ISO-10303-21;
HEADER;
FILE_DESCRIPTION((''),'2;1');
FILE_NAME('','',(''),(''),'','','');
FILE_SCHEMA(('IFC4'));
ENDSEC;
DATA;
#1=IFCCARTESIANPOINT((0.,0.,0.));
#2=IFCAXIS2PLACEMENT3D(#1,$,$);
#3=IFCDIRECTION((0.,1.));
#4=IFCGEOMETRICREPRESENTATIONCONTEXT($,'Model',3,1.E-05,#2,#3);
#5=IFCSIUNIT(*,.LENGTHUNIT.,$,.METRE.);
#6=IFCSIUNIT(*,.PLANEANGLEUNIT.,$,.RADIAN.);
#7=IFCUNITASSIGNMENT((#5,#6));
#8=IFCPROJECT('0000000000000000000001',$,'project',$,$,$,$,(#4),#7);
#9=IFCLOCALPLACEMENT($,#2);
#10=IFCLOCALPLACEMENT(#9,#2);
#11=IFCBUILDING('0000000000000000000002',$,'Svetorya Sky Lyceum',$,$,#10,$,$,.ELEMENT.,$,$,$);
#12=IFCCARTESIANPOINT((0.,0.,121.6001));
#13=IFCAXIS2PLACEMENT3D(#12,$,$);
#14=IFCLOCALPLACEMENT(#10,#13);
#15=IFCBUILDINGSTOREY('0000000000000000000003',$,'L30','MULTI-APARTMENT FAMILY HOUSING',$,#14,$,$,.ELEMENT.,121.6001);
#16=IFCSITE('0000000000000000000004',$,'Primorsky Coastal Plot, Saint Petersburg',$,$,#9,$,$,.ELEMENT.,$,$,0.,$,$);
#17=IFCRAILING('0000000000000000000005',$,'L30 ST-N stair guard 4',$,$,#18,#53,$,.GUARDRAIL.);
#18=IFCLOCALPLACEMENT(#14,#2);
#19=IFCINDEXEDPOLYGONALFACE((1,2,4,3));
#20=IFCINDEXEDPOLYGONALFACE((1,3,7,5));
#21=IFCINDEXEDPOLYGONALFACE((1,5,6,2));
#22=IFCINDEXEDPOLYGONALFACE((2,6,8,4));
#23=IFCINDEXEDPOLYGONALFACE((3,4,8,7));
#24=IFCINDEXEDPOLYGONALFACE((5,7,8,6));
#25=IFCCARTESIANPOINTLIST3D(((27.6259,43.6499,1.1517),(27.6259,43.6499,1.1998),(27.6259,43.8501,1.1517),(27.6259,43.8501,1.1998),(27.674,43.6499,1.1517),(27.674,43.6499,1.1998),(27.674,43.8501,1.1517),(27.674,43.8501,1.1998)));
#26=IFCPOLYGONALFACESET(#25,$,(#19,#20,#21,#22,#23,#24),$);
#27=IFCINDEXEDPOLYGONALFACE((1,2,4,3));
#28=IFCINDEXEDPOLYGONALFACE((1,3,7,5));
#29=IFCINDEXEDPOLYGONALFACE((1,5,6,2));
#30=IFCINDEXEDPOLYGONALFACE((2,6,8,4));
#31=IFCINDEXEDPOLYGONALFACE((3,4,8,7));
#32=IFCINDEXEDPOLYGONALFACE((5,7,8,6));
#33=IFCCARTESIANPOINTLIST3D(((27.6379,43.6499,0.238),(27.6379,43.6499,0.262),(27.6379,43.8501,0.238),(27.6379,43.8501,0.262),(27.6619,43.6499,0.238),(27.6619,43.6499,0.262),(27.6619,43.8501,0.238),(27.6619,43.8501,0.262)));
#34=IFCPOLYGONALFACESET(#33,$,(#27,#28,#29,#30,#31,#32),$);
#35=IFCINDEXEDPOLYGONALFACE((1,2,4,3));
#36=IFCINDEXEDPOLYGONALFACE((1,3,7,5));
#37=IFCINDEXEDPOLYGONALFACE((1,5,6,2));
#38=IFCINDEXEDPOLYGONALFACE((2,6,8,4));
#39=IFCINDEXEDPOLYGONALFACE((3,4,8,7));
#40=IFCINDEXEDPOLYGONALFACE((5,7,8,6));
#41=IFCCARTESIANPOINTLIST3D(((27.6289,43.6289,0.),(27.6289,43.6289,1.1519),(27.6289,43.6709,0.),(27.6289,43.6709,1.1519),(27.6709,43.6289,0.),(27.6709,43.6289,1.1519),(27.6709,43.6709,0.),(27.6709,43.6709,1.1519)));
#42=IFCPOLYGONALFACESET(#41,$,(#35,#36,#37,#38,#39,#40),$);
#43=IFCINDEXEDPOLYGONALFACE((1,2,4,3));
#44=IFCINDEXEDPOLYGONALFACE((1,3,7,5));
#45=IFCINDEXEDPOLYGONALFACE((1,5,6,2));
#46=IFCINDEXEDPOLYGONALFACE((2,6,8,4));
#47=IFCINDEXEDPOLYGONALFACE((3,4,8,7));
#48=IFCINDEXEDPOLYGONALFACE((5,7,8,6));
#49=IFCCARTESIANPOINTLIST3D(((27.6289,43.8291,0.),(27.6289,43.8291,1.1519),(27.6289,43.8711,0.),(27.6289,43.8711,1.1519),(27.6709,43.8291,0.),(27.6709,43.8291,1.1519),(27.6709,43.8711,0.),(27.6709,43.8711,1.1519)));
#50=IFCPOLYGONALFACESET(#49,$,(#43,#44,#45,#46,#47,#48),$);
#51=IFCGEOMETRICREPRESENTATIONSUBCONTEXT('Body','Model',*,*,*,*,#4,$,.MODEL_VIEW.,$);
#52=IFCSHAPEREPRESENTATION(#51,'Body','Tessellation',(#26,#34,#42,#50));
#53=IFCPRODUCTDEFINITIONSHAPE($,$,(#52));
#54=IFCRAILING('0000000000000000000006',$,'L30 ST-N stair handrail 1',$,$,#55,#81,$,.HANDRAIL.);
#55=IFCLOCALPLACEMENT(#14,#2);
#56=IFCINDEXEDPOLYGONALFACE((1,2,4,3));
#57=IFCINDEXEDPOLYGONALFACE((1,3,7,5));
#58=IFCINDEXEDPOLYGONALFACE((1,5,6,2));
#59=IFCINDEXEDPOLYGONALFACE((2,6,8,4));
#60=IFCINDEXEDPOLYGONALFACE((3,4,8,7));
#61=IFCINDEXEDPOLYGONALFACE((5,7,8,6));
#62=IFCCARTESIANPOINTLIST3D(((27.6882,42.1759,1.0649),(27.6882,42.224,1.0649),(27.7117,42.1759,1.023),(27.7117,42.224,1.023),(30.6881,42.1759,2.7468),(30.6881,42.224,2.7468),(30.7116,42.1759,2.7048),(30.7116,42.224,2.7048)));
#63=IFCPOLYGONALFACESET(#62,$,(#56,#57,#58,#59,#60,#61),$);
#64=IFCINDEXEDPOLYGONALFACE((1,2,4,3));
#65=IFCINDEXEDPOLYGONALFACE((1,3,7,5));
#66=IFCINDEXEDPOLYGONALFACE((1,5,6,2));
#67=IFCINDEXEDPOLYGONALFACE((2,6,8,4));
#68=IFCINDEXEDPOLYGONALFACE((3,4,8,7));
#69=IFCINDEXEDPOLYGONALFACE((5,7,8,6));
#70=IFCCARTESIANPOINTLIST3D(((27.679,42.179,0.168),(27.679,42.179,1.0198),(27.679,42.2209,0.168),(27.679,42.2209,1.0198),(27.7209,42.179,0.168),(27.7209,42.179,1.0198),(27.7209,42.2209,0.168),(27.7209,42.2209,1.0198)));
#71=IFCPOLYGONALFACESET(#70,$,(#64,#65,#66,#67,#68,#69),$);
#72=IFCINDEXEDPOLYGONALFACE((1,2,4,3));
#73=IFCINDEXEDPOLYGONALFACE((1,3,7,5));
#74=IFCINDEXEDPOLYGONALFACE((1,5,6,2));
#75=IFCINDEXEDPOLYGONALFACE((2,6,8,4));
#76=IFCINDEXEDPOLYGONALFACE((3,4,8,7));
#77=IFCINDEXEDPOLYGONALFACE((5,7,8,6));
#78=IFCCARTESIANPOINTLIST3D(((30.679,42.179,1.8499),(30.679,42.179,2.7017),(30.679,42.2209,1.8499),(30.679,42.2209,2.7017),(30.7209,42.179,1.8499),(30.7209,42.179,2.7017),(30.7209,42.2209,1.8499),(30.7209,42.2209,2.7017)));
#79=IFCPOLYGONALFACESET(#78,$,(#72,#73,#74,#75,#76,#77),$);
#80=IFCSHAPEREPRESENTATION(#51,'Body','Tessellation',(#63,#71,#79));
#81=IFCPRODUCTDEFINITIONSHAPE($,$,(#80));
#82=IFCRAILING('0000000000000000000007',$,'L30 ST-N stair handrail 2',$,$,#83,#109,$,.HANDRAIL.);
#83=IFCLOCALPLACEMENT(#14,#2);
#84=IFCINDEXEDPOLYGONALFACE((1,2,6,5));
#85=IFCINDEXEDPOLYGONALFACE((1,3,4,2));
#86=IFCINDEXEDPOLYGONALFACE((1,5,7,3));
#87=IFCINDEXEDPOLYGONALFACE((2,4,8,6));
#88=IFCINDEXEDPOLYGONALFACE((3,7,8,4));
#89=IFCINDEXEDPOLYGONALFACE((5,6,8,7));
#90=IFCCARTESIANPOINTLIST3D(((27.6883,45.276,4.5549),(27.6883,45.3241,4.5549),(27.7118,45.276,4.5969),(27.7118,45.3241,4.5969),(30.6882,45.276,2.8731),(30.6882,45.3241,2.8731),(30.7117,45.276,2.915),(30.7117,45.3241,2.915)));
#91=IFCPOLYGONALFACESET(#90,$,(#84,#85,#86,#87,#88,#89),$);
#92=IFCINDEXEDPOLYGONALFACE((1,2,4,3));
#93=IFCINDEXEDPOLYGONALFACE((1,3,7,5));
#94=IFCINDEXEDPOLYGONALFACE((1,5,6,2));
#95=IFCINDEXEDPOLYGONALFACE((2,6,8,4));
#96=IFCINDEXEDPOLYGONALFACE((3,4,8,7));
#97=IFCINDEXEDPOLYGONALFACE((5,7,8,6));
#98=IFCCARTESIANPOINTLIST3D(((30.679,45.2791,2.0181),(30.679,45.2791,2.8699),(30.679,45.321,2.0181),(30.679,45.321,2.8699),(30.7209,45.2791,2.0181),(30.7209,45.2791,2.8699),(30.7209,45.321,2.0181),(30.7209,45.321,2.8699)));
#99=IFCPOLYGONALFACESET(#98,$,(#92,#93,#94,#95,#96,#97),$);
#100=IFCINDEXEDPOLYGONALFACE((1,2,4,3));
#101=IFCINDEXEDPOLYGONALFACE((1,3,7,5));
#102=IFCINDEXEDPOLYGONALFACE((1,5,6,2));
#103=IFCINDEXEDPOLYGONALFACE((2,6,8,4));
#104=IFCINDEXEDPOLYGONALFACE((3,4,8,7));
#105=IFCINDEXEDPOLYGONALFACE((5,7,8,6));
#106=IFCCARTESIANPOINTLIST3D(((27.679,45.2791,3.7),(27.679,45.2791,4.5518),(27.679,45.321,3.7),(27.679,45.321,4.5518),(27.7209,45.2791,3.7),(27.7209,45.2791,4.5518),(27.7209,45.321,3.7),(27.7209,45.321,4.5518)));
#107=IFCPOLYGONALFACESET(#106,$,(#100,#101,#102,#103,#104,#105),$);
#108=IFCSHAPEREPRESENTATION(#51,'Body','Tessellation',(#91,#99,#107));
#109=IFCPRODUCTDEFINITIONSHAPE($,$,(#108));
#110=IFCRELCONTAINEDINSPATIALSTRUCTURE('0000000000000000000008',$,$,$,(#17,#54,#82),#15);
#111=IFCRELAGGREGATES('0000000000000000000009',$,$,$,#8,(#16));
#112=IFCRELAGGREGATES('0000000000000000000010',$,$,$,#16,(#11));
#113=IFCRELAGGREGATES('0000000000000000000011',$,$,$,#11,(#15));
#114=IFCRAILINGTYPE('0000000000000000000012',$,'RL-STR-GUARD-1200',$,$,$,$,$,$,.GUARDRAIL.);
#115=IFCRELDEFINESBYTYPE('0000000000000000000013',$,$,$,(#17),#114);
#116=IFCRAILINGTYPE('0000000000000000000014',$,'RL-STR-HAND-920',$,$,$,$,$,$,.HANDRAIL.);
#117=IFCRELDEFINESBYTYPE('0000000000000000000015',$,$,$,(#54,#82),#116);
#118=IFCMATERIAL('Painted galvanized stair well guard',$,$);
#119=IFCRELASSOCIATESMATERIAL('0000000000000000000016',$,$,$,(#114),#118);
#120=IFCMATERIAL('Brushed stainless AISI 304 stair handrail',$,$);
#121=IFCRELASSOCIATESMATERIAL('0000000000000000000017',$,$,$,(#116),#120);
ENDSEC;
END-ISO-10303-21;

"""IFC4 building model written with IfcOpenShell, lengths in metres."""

from ifc_helpers import new_model, si_unit, direction, frame, origin, origin_2d, place, context, subcontext, project, spatial, rectangle, extrude, material, type_object, element, save


model = new_model("IFC4")

# Units and contexts
model_context = context("Model", 3, precision=1e-05, world=origin(), true_north=direction((0.0, 1.0)))
body_context = subcontext(model_context, "Body", "Model", "MODEL_VIEW")
ifc_project = project(units=[si_unit("LENGTHUNIT", "METRE"), si_unit("PLANEANGLEUNIT", "RADIAN")], contexts=[model_context])

# Site, building, storey
site_placement = place(None, origin())
site = spatial("IfcSite", under=ifc_project, at=site_placement, Name="Primorsky Coastal Plot, Saint Petersburg", CompositionType="ELEMENT", RefElevation=0.0)
building_placement = place(site_placement, origin())
building = spatial("IfcBuilding", under=site, at=building_placement, Name="Svetorya Sky Lyceum", CompositionType="ELEMENT")
storey_placement = place(building_placement, frame((0.0, 0.0, 121.6001)))
storey = spatial("IfcBuildingStorey", under=building, at=storey_placement, Name="L30", Description="MULTI-APARTMENT FAMILY HOUSING", CompositionType="ELEMENT", Elevation=121.6001)

# Railings
ifc_material_1 = material(Name="Painted galvanized stair well guard")
railing_type_1 = type_object("IfcRailingType", Name="RL-STR-GUARD-1200", PredefinedType="GUARDRAIL", material=ifc_material_1)
railing_1_placement = place(storey_placement, frame((27.6499, 43.6499, 0.0)))
element("IfcRailing", 1, at=railing_1_placement, inside=storey, type_object=railing_type_1, Name="L30 ST-N stair guard 4", PredefinedType="GUARDRAIL", context=body_context, shape_type="SweptSolid", body=[
    extrude(rectangle(XDim=0.0481, YDim=0.0481, at=origin_2d()), frame((0.0, 0.0, 1.1758), z_axis=(0.0, 1.0, 0.0), x_axis=(-1.0, 0.0, 0.0)), (0.0, 0.0, 1.0), 0.2002),
    extrude(rectangle(XDim=0.0239, YDim=0.0239, at=origin_2d()), frame((0.0, 0.0, 0.25), z_axis=(0.0, 1.0, 0.0), x_axis=(-1.0, 0.0, 0.0)), (0.0, 0.0, 1.0), 0.2002),
    extrude(rectangle(XDim=0.042, YDim=0.042, at=origin_2d()), origin(), (0.0, 0.0, 1.0), 1.1519),
    extrude(rectangle(XDim=0.042, YDim=0.042, at=origin_2d()), frame((0.0, 0.2002, 0.0)), (0.0, 0.0, 1.0), 1.1519),
])
ifc_material_2 = material(Name="Brushed stainless AISI 304 stair handrail")
railing_type_2 = type_object("IfcRailingType", Name="RL-STR-HAND-920", PredefinedType="HANDRAIL", material=ifc_material_2)
railing_2_placement = place(storey_placement, frame((27.7, 42.2, 0.168)))
element("IfcRailing", 2, at=railing_2_placement, inside=storey, type_object=railing_type_2, Name="L30 ST-N stair handrail 1", PredefinedType="HANDRAIL", context=body_context, shape_type="SweptSolid", body=[
    extrude(rectangle(XDim=0.0481, YDim=0.0481, at=origin_2d()), frame((0.0, 0.0, 0.876), z_axis=(0.872272, 0.0, 0.48902), x_axis=(0.0, 1.0, 0.0)), (0.0, 0.0, 1.0), 3.4392),
    extrude(rectangle(XDim=0.042, YDim=0.042, at=origin_2d()), origin(), (0.0, 0.0, 1.0), 0.8518),
    extrude(rectangle(XDim=0.042, YDim=0.042, at=origin_2d()), frame((3.0, 0.0, 1.6819)), (0.0, 0.0, 1.0), 0.8518),
])
railing_3_placement = place(storey_placement, frame((30.7, 45.3, 2.0181)))
element("IfcRailing", 3, at=railing_3_placement, inside=storey, type_object=railing_type_2, Name="L30 ST-N stair handrail 2", PredefinedType="HANDRAIL", context=body_context, shape_type="SweptSolid", body=[
    extrude(rectangle(XDim=0.0481, YDim=0.0481, at=origin_2d()), frame((0.0, 0.0, 0.876), z_axis=(-0.872272, 0.0, 0.48902), x_axis=(0.0, -1.0, 0.0)), (0.0, 0.0, 1.0), 3.4392),
    extrude(rectangle(XDim=0.042, YDim=0.042, at=origin_2d()), origin(), (0.0, 0.0, 1.0), 0.8518),
    extrude(rectangle(XDim=0.042, YDim=0.042, at=origin_2d()), frame((-3.0, 0.0, 1.6819)), (0.0, 0.0, 1.0), 0.8518),
])

save(model, "model.ifc")
